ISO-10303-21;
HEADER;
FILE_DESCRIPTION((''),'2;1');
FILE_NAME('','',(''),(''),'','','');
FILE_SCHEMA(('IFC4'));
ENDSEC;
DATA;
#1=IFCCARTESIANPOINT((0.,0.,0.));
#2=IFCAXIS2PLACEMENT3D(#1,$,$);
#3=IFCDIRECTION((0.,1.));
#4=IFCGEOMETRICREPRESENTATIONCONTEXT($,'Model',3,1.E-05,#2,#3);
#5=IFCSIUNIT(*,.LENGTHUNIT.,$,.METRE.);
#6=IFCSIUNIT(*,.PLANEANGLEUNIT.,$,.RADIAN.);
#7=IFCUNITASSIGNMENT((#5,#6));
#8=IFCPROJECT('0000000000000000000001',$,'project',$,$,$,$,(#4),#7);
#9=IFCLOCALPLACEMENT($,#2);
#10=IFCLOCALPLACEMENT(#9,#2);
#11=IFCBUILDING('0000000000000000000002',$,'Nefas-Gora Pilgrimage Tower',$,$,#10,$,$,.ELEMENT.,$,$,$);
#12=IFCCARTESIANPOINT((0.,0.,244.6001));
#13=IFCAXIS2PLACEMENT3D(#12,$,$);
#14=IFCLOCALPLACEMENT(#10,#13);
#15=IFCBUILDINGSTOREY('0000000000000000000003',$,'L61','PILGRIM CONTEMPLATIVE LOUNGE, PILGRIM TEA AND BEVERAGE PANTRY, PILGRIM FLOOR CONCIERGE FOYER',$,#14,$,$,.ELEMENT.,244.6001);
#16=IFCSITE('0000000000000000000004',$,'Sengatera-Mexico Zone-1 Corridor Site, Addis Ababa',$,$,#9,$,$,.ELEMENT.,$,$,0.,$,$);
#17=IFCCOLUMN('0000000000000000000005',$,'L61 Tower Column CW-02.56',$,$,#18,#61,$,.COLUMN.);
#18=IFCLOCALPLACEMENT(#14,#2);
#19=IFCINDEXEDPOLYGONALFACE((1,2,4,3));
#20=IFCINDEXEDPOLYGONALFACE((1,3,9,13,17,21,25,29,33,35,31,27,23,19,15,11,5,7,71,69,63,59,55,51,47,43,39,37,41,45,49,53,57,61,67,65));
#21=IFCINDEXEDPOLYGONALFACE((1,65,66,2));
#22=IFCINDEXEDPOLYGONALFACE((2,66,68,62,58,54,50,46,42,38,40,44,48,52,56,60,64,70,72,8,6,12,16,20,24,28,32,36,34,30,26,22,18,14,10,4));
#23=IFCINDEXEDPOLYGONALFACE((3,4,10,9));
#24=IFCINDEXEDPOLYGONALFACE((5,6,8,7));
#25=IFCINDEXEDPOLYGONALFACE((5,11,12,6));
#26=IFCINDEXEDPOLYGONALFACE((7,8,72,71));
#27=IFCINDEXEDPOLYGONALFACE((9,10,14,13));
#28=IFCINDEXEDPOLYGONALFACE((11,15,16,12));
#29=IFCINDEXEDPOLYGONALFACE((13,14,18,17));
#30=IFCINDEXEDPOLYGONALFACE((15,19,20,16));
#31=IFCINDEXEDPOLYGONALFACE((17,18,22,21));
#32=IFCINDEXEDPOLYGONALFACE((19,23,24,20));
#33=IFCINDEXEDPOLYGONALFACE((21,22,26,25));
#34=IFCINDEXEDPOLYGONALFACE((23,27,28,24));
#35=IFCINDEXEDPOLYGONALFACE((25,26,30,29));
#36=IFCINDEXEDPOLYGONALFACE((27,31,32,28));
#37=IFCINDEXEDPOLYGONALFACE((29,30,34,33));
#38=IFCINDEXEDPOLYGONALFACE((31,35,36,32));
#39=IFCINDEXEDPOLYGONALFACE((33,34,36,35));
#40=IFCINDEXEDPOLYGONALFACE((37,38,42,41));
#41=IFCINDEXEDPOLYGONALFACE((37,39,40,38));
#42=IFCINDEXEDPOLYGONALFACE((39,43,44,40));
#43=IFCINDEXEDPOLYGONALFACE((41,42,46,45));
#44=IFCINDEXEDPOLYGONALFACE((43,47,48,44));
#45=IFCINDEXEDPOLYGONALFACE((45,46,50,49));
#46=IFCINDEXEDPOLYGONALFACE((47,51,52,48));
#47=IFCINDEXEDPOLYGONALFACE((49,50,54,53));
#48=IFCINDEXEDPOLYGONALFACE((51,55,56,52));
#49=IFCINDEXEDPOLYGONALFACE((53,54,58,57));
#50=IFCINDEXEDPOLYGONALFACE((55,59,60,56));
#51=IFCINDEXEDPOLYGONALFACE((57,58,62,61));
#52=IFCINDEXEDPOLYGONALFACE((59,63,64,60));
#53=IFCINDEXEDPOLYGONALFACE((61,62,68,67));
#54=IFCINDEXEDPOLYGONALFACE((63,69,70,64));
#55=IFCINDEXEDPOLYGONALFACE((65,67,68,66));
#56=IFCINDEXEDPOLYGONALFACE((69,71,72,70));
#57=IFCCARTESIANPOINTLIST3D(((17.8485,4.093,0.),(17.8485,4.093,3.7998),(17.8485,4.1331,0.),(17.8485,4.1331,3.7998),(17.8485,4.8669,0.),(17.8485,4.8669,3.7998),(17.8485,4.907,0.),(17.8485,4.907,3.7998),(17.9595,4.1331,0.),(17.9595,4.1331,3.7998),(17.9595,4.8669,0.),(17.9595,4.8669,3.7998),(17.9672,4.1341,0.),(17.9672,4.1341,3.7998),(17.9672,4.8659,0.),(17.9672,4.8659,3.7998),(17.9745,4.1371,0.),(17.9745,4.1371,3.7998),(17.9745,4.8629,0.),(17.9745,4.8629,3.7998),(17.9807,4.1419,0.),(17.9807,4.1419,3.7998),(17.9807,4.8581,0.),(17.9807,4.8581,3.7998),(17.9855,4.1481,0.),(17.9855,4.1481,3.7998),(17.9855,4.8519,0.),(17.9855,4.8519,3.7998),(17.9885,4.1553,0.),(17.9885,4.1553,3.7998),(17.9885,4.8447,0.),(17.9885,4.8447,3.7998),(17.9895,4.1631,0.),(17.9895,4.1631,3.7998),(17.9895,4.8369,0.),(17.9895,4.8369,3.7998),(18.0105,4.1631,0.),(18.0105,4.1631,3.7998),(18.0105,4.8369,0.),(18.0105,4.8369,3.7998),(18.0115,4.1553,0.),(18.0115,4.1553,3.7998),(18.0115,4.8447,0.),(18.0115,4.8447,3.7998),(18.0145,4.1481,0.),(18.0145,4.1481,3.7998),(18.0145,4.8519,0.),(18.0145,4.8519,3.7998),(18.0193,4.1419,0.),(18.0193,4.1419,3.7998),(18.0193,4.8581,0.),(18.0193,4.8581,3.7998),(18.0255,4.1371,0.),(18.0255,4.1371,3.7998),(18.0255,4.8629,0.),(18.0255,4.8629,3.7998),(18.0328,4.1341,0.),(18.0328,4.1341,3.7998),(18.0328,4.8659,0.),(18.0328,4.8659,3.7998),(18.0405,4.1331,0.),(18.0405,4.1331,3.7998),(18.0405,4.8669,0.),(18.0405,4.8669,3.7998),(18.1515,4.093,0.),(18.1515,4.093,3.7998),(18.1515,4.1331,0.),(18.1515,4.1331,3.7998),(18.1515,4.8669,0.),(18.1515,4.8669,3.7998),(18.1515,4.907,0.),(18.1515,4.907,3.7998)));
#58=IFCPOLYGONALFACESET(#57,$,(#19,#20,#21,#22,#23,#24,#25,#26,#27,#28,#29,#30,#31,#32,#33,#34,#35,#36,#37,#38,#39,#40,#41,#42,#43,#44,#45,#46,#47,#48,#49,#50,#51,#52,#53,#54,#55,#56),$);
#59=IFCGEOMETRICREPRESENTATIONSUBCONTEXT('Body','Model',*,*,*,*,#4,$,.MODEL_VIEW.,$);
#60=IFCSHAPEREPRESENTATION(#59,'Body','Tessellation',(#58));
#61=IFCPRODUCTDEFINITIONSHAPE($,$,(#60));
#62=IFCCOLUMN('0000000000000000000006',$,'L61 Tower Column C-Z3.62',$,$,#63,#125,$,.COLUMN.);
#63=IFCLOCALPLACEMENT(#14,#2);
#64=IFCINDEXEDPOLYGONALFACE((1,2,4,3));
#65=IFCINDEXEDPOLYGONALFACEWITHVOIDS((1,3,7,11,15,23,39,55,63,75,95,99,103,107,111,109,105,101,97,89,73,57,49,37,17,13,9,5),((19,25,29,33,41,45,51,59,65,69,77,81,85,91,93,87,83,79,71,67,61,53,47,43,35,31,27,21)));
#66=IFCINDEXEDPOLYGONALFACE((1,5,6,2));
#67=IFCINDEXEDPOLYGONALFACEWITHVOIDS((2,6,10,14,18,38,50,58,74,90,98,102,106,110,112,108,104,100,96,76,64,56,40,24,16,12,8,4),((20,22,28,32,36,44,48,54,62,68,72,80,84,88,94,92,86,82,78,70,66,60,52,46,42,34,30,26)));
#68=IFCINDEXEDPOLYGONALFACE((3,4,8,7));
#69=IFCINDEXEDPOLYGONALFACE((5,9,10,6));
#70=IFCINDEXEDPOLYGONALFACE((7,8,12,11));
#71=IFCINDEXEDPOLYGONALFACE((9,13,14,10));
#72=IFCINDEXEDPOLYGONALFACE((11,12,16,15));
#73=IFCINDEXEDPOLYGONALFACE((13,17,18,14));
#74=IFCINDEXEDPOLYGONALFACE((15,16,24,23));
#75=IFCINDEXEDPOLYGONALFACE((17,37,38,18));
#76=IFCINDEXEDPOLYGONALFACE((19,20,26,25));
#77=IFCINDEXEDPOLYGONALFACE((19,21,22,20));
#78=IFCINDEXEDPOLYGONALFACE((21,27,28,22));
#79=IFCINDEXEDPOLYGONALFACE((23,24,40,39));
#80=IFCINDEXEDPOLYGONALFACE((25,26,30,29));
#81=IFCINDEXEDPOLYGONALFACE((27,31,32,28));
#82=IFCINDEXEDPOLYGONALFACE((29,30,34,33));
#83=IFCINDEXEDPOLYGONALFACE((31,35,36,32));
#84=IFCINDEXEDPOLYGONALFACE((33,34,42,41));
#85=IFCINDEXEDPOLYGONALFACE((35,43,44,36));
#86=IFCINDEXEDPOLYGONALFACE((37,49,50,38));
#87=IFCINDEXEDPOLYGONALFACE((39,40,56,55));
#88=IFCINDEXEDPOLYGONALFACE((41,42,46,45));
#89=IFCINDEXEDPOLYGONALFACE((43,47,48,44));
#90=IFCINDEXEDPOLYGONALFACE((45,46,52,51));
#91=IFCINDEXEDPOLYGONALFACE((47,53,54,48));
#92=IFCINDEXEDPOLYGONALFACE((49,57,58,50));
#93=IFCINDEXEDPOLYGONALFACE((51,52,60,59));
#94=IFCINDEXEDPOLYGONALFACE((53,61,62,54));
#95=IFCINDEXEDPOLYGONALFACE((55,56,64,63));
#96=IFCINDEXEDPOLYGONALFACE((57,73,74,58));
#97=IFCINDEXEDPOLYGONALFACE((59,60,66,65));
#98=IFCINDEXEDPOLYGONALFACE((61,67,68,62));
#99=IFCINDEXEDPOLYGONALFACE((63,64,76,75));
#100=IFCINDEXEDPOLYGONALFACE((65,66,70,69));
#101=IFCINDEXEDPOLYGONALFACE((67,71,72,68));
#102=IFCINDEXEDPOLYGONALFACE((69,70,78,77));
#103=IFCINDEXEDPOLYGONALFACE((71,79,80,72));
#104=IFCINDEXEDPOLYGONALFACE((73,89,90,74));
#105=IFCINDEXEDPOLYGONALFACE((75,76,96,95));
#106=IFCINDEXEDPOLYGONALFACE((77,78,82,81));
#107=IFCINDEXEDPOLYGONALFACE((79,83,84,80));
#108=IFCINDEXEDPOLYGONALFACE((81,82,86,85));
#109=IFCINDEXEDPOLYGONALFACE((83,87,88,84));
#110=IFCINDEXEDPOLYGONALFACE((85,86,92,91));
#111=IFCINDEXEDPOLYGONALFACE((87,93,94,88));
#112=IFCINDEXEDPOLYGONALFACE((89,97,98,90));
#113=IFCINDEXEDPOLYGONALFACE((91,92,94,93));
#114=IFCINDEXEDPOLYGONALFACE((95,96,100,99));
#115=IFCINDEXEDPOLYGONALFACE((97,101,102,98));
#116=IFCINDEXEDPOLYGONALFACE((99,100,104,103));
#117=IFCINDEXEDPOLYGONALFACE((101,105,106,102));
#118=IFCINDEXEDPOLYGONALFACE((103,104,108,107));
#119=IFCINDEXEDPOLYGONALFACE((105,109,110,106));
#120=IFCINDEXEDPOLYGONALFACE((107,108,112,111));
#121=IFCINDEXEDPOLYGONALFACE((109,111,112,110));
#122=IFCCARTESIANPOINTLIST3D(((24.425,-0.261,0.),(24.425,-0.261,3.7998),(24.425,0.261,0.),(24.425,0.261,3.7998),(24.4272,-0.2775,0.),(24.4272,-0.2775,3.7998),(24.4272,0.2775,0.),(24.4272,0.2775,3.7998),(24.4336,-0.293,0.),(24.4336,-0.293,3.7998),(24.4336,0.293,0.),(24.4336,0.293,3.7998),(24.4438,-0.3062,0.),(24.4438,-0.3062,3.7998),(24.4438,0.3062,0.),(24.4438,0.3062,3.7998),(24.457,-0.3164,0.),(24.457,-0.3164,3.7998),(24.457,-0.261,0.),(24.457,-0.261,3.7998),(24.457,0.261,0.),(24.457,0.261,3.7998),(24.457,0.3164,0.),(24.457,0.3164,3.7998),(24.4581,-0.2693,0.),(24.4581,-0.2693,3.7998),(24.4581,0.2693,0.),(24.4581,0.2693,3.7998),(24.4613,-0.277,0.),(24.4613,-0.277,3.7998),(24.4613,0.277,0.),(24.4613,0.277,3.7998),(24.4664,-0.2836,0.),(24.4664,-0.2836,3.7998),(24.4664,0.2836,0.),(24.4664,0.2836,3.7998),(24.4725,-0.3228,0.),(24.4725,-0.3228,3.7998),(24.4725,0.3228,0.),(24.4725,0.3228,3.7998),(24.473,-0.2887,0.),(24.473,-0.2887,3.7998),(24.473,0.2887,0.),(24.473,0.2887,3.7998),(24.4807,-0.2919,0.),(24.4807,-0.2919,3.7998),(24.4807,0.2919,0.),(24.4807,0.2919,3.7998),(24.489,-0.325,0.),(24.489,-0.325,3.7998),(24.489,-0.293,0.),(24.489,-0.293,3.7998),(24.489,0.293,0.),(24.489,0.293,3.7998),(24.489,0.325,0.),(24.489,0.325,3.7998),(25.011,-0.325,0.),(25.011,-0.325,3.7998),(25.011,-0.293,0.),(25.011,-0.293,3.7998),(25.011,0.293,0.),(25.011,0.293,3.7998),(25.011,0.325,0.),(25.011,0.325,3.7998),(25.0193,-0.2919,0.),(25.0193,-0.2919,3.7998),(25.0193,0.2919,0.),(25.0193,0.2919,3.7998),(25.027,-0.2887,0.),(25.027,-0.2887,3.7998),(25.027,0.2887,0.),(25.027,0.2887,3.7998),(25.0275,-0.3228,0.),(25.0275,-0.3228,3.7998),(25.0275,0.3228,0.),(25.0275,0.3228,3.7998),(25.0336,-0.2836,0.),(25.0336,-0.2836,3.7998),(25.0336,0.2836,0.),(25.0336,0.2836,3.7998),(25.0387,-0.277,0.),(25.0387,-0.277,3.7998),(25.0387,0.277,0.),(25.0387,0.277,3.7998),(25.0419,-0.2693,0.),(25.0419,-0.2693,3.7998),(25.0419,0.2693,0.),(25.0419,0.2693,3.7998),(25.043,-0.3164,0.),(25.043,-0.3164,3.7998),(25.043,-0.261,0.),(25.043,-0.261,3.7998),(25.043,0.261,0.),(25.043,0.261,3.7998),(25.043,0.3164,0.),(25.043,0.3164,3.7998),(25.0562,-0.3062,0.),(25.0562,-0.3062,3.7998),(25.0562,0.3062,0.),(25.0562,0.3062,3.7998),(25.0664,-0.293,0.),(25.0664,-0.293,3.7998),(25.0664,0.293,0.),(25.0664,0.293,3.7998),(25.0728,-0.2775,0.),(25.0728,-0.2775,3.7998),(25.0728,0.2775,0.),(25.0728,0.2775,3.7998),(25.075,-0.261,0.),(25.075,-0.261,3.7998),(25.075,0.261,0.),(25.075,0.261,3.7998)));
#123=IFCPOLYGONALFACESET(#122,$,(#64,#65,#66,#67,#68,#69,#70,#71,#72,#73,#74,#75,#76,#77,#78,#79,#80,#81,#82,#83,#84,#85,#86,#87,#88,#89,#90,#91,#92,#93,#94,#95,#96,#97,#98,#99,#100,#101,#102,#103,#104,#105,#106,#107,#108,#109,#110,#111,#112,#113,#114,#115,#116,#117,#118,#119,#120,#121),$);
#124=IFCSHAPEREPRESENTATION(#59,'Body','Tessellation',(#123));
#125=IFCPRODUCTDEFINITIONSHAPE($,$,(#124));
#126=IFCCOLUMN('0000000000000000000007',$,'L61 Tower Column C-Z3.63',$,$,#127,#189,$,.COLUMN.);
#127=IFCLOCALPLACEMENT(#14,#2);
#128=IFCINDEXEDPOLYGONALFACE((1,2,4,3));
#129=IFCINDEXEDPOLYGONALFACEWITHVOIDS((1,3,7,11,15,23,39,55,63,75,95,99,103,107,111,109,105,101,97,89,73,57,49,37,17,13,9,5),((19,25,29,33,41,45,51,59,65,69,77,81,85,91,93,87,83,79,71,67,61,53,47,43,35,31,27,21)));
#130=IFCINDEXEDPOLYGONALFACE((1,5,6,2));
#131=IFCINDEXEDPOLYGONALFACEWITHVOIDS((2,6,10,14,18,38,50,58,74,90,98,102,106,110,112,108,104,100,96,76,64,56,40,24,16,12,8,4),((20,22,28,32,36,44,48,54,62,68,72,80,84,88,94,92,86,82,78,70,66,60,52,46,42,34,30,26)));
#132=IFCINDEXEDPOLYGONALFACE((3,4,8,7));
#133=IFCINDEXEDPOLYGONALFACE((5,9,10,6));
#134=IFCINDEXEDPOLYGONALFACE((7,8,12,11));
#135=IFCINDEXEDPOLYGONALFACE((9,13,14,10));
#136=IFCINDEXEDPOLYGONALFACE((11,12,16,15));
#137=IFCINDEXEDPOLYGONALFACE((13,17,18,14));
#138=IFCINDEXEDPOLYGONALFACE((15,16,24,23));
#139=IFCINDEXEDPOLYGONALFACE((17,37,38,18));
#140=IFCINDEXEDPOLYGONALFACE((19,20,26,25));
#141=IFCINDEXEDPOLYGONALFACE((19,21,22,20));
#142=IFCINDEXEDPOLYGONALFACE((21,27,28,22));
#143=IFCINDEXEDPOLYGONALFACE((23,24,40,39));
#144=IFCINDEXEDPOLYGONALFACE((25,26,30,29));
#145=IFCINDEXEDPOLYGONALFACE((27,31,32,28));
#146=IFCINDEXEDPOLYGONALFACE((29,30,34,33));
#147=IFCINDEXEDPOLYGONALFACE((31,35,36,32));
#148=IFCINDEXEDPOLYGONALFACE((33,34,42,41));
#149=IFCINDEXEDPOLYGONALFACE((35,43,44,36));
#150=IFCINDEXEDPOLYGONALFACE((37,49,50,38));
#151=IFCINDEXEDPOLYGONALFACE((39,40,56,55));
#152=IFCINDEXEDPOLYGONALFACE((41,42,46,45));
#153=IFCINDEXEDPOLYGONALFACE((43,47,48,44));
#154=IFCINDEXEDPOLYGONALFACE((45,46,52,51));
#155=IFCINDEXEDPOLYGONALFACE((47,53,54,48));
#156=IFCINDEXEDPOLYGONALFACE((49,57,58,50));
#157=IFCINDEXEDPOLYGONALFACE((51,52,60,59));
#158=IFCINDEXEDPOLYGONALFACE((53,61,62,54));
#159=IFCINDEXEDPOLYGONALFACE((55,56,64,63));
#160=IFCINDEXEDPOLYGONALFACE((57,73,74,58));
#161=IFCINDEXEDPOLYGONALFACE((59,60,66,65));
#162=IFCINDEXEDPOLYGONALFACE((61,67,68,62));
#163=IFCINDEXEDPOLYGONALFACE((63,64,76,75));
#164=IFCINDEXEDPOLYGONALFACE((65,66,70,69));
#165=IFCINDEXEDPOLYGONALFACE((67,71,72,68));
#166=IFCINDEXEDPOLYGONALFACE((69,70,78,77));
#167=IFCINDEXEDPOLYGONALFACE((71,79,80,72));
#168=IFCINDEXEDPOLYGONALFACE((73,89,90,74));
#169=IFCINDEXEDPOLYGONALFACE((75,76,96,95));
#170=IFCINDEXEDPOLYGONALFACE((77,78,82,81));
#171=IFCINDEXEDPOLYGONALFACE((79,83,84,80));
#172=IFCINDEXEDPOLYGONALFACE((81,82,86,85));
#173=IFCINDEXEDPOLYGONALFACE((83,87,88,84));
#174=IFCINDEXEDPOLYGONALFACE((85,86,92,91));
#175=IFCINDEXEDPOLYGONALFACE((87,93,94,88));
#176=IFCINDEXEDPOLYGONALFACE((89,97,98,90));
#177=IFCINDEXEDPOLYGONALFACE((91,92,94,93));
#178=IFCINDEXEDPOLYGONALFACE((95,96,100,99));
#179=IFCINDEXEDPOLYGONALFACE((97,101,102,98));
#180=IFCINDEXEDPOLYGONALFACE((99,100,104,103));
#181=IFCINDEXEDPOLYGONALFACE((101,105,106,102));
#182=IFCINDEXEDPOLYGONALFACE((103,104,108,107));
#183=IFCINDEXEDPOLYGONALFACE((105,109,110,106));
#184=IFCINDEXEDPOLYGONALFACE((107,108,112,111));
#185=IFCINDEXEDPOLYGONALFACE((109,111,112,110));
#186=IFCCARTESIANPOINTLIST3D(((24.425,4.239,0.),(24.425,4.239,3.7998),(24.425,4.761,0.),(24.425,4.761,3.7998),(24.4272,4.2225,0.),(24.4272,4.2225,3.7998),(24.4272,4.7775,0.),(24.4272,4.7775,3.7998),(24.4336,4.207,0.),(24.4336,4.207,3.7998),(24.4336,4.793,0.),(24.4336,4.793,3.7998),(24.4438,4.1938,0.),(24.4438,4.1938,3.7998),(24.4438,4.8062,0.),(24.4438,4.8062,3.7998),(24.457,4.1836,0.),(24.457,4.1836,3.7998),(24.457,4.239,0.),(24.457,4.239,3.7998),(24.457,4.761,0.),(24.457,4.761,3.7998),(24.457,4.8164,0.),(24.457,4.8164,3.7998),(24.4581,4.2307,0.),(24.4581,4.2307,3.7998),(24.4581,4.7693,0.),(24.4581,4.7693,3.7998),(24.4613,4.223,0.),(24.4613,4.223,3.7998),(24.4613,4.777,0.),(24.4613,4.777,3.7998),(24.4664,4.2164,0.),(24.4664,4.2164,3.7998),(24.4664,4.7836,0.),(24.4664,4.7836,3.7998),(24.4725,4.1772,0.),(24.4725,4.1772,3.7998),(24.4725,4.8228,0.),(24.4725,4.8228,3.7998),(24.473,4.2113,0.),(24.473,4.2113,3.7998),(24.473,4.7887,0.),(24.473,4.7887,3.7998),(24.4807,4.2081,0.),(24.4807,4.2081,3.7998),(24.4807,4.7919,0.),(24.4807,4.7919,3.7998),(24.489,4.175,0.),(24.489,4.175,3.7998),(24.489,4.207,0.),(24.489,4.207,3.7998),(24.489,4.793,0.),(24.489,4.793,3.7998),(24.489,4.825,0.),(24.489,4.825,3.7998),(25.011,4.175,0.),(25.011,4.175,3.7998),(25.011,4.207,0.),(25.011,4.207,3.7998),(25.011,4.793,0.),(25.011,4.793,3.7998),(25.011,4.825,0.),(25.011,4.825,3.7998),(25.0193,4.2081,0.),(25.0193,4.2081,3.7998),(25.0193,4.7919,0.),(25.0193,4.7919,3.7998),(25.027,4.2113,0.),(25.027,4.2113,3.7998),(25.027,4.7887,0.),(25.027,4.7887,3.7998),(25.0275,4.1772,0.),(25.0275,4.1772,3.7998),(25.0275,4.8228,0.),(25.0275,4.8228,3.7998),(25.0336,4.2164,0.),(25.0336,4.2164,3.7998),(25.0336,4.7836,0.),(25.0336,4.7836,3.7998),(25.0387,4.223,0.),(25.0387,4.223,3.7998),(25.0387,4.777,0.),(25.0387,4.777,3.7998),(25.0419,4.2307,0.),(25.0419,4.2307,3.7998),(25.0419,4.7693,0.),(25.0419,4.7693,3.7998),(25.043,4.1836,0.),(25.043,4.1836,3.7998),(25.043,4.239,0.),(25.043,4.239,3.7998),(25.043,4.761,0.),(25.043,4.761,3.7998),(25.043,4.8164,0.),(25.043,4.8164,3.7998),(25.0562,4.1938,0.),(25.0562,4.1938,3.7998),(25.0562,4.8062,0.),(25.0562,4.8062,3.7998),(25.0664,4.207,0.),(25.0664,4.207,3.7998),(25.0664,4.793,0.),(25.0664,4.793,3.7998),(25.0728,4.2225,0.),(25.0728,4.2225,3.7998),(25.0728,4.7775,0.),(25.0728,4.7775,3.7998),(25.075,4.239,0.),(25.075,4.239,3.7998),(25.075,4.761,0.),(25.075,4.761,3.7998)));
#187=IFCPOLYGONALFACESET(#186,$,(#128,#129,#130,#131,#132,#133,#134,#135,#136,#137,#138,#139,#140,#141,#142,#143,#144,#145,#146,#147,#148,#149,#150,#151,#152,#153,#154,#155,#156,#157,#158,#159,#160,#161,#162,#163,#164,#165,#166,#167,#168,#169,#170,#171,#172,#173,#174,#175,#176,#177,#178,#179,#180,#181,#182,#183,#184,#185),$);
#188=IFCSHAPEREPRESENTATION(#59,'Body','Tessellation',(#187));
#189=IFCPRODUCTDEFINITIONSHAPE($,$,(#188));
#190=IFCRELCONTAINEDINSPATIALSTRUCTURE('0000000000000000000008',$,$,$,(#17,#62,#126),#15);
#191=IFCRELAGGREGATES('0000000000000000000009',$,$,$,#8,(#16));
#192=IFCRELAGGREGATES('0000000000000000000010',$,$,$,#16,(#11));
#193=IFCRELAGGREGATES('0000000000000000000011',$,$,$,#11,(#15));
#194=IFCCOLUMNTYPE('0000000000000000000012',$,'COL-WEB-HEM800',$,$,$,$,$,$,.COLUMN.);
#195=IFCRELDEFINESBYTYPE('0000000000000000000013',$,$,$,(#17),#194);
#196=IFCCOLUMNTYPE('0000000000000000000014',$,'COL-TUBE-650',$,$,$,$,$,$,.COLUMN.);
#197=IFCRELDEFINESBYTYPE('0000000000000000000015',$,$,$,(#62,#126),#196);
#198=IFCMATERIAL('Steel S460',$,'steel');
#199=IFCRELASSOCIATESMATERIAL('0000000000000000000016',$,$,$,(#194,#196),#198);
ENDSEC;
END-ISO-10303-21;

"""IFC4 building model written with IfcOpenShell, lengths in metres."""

from ifc_helpers import new_model, si_unit, direction, frame, origin, origin_2d, place, context, subcontext, project, spatial, hollow_rectangle, i_section, extrude, source, transform, mapped, material, material_profile, profile_set, type_object, element, save


model = new_model("IFC4")

# Units and contexts
model_context = context("Model", 3, precision=1e-05, world=origin(), true_north=direction((0.0, 1.0)))
body_context = subcontext(model_context, "Body", "Model", "MODEL_VIEW")
ifc_project = project(units=[si_unit("LENGTHUNIT", "METRE"), si_unit("PLANEANGLEUNIT", "RADIAN")], contexts=[model_context])

# Site, building, storey
site_placement = place(None, origin())
site = spatial("IfcSite", under=ifc_project, at=site_placement, Name="Sengatera-Mexico Zone-1 Corridor Site, Addis Ababa", CompositionType="ELEMENT", RefElevation=0.0)
building_placement = place(site_placement, origin())
building = spatial("IfcBuilding", under=site, at=building_placement, Name="Nefas-Gora Pilgrimage Tower", CompositionType="ELEMENT")
storey_placement = place(building_placement, frame((0.0, 0.0, 244.6001)))
storey = spatial("IfcBuildingStorey", under=building, at=storey_placement, Name="L61", Description="PILGRIM CONTEMPLATIVE LOUNGE, PILGRIM TEA AND BEVERAGE PANTRY, PILGRIM FLOOR CONCIERGE FOYER", CompositionType="ELEMENT", Elevation=244.6001)

# Columns
ifc_material_1 = material(Name="Steel S460", Category="steel")
ifc_material_profile_1 = material_profile(ifc_material_1, i_section(OverallWidth=0.303, OverallDepth=0.814, WebThickness=0.021, FlangeThickness=0.04, FilletRadius=0.03, at=origin_2d()), Name="HEM 800")
ifc_profile_set_1 = profile_set([ifc_material_profile_1], Name="Steel S460")
column_type_1 = type_object("IfcColumnType", Name="COL-WEB-HEM800", PredefinedType="COLUMN", material=ifc_profile_set_1)
shared_shape_1 = source(origin(), body_context, "Body", "SweptSolid", [
    extrude(i_section(OverallWidth=0.303, OverallDepth=0.814, WebThickness=0.021, FlangeThickness=0.04, FilletRadius=0.03, at=origin_2d()), origin(), (0.0, 0.0, 1.0), 3.7998),
])
for number, where, z_axis, x_axis, name in (
    (1, (18.0, 4.5, 0.0), (0.0, 0.0, 1.0), (1.0, 0.0, 0.0), "L61 Tower Column CW-02.56"),
):
    element("IfcColumn", number, at=place(storey_placement, frame(where, z_axis=z_axis, x_axis=x_axis)), inside=storey, type_object=column_type_1, Name=name, PredefinedType="COLUMN", context=body_context, shape_type="MappedRepresentation", body=[
        mapped(shared_shape_1, transform((0.0, 0.0, 0.0), x_axis=(1.0, 0.0, 0.0), y_axis=(0.0, 1.0, 0.0), z_axis=(0.0, 0.0, 1.0), scale=1.0)),
    ])
ifc_material_profile_2 = material_profile(ifc_material_1, hollow_rectangle(XDim=0.6499, YDim=0.6499, WallThickness=0.032, InnerFilletRadius=0.032, OuterFilletRadius=0.064, at=origin_2d()), Name="BOX 650x650x32")
ifc_profile_set_2 = profile_set([ifc_material_profile_2], Name="Steel S460")
column_type_2 = type_object("IfcColumnType", Name="COL-TUBE-650", PredefinedType="COLUMN", material=ifc_profile_set_2)
shared_shape_2 = source(origin(), body_context, "Body", "SweptSolid", [
    extrude(hollow_rectangle(XDim=0.6499, YDim=0.6499, WallThickness=0.032, InnerFilletRadius=0.032, OuterFilletRadius=0.064, at=origin_2d()), origin(), (0.0, 0.0, 1.0), 3.7998),
])
for number, where, z_axis, x_axis, name in (
    (2, (24.75, 0.0, 0.0), (0.0, 0.0, 1.0), (1.0, 0.0, 0.0), "L61 Tower Column C-Z3.62"),
    (3, (24.75, 4.5, 0.0), (0.0, 0.0, 1.0), (1.0, 0.0, 0.0), "L61 Tower Column C-Z3.63"),
):
    element("IfcColumn", number, at=place(storey_placement, frame(where, z_axis=z_axis, x_axis=x_axis)), inside=storey, type_object=column_type_2, Name=name, PredefinedType="COLUMN", context=body_context, shape_type="MappedRepresentation", body=[
        mapped(shared_shape_2, transform((0.0, 0.0, 0.0), x_axis=(1.0, 0.0, 0.0), y_axis=(0.0, 1.0, 0.0), z_axis=(0.0, 0.0, 1.0), scale=1.0)),
    ])

save(model, "model.ifc")
